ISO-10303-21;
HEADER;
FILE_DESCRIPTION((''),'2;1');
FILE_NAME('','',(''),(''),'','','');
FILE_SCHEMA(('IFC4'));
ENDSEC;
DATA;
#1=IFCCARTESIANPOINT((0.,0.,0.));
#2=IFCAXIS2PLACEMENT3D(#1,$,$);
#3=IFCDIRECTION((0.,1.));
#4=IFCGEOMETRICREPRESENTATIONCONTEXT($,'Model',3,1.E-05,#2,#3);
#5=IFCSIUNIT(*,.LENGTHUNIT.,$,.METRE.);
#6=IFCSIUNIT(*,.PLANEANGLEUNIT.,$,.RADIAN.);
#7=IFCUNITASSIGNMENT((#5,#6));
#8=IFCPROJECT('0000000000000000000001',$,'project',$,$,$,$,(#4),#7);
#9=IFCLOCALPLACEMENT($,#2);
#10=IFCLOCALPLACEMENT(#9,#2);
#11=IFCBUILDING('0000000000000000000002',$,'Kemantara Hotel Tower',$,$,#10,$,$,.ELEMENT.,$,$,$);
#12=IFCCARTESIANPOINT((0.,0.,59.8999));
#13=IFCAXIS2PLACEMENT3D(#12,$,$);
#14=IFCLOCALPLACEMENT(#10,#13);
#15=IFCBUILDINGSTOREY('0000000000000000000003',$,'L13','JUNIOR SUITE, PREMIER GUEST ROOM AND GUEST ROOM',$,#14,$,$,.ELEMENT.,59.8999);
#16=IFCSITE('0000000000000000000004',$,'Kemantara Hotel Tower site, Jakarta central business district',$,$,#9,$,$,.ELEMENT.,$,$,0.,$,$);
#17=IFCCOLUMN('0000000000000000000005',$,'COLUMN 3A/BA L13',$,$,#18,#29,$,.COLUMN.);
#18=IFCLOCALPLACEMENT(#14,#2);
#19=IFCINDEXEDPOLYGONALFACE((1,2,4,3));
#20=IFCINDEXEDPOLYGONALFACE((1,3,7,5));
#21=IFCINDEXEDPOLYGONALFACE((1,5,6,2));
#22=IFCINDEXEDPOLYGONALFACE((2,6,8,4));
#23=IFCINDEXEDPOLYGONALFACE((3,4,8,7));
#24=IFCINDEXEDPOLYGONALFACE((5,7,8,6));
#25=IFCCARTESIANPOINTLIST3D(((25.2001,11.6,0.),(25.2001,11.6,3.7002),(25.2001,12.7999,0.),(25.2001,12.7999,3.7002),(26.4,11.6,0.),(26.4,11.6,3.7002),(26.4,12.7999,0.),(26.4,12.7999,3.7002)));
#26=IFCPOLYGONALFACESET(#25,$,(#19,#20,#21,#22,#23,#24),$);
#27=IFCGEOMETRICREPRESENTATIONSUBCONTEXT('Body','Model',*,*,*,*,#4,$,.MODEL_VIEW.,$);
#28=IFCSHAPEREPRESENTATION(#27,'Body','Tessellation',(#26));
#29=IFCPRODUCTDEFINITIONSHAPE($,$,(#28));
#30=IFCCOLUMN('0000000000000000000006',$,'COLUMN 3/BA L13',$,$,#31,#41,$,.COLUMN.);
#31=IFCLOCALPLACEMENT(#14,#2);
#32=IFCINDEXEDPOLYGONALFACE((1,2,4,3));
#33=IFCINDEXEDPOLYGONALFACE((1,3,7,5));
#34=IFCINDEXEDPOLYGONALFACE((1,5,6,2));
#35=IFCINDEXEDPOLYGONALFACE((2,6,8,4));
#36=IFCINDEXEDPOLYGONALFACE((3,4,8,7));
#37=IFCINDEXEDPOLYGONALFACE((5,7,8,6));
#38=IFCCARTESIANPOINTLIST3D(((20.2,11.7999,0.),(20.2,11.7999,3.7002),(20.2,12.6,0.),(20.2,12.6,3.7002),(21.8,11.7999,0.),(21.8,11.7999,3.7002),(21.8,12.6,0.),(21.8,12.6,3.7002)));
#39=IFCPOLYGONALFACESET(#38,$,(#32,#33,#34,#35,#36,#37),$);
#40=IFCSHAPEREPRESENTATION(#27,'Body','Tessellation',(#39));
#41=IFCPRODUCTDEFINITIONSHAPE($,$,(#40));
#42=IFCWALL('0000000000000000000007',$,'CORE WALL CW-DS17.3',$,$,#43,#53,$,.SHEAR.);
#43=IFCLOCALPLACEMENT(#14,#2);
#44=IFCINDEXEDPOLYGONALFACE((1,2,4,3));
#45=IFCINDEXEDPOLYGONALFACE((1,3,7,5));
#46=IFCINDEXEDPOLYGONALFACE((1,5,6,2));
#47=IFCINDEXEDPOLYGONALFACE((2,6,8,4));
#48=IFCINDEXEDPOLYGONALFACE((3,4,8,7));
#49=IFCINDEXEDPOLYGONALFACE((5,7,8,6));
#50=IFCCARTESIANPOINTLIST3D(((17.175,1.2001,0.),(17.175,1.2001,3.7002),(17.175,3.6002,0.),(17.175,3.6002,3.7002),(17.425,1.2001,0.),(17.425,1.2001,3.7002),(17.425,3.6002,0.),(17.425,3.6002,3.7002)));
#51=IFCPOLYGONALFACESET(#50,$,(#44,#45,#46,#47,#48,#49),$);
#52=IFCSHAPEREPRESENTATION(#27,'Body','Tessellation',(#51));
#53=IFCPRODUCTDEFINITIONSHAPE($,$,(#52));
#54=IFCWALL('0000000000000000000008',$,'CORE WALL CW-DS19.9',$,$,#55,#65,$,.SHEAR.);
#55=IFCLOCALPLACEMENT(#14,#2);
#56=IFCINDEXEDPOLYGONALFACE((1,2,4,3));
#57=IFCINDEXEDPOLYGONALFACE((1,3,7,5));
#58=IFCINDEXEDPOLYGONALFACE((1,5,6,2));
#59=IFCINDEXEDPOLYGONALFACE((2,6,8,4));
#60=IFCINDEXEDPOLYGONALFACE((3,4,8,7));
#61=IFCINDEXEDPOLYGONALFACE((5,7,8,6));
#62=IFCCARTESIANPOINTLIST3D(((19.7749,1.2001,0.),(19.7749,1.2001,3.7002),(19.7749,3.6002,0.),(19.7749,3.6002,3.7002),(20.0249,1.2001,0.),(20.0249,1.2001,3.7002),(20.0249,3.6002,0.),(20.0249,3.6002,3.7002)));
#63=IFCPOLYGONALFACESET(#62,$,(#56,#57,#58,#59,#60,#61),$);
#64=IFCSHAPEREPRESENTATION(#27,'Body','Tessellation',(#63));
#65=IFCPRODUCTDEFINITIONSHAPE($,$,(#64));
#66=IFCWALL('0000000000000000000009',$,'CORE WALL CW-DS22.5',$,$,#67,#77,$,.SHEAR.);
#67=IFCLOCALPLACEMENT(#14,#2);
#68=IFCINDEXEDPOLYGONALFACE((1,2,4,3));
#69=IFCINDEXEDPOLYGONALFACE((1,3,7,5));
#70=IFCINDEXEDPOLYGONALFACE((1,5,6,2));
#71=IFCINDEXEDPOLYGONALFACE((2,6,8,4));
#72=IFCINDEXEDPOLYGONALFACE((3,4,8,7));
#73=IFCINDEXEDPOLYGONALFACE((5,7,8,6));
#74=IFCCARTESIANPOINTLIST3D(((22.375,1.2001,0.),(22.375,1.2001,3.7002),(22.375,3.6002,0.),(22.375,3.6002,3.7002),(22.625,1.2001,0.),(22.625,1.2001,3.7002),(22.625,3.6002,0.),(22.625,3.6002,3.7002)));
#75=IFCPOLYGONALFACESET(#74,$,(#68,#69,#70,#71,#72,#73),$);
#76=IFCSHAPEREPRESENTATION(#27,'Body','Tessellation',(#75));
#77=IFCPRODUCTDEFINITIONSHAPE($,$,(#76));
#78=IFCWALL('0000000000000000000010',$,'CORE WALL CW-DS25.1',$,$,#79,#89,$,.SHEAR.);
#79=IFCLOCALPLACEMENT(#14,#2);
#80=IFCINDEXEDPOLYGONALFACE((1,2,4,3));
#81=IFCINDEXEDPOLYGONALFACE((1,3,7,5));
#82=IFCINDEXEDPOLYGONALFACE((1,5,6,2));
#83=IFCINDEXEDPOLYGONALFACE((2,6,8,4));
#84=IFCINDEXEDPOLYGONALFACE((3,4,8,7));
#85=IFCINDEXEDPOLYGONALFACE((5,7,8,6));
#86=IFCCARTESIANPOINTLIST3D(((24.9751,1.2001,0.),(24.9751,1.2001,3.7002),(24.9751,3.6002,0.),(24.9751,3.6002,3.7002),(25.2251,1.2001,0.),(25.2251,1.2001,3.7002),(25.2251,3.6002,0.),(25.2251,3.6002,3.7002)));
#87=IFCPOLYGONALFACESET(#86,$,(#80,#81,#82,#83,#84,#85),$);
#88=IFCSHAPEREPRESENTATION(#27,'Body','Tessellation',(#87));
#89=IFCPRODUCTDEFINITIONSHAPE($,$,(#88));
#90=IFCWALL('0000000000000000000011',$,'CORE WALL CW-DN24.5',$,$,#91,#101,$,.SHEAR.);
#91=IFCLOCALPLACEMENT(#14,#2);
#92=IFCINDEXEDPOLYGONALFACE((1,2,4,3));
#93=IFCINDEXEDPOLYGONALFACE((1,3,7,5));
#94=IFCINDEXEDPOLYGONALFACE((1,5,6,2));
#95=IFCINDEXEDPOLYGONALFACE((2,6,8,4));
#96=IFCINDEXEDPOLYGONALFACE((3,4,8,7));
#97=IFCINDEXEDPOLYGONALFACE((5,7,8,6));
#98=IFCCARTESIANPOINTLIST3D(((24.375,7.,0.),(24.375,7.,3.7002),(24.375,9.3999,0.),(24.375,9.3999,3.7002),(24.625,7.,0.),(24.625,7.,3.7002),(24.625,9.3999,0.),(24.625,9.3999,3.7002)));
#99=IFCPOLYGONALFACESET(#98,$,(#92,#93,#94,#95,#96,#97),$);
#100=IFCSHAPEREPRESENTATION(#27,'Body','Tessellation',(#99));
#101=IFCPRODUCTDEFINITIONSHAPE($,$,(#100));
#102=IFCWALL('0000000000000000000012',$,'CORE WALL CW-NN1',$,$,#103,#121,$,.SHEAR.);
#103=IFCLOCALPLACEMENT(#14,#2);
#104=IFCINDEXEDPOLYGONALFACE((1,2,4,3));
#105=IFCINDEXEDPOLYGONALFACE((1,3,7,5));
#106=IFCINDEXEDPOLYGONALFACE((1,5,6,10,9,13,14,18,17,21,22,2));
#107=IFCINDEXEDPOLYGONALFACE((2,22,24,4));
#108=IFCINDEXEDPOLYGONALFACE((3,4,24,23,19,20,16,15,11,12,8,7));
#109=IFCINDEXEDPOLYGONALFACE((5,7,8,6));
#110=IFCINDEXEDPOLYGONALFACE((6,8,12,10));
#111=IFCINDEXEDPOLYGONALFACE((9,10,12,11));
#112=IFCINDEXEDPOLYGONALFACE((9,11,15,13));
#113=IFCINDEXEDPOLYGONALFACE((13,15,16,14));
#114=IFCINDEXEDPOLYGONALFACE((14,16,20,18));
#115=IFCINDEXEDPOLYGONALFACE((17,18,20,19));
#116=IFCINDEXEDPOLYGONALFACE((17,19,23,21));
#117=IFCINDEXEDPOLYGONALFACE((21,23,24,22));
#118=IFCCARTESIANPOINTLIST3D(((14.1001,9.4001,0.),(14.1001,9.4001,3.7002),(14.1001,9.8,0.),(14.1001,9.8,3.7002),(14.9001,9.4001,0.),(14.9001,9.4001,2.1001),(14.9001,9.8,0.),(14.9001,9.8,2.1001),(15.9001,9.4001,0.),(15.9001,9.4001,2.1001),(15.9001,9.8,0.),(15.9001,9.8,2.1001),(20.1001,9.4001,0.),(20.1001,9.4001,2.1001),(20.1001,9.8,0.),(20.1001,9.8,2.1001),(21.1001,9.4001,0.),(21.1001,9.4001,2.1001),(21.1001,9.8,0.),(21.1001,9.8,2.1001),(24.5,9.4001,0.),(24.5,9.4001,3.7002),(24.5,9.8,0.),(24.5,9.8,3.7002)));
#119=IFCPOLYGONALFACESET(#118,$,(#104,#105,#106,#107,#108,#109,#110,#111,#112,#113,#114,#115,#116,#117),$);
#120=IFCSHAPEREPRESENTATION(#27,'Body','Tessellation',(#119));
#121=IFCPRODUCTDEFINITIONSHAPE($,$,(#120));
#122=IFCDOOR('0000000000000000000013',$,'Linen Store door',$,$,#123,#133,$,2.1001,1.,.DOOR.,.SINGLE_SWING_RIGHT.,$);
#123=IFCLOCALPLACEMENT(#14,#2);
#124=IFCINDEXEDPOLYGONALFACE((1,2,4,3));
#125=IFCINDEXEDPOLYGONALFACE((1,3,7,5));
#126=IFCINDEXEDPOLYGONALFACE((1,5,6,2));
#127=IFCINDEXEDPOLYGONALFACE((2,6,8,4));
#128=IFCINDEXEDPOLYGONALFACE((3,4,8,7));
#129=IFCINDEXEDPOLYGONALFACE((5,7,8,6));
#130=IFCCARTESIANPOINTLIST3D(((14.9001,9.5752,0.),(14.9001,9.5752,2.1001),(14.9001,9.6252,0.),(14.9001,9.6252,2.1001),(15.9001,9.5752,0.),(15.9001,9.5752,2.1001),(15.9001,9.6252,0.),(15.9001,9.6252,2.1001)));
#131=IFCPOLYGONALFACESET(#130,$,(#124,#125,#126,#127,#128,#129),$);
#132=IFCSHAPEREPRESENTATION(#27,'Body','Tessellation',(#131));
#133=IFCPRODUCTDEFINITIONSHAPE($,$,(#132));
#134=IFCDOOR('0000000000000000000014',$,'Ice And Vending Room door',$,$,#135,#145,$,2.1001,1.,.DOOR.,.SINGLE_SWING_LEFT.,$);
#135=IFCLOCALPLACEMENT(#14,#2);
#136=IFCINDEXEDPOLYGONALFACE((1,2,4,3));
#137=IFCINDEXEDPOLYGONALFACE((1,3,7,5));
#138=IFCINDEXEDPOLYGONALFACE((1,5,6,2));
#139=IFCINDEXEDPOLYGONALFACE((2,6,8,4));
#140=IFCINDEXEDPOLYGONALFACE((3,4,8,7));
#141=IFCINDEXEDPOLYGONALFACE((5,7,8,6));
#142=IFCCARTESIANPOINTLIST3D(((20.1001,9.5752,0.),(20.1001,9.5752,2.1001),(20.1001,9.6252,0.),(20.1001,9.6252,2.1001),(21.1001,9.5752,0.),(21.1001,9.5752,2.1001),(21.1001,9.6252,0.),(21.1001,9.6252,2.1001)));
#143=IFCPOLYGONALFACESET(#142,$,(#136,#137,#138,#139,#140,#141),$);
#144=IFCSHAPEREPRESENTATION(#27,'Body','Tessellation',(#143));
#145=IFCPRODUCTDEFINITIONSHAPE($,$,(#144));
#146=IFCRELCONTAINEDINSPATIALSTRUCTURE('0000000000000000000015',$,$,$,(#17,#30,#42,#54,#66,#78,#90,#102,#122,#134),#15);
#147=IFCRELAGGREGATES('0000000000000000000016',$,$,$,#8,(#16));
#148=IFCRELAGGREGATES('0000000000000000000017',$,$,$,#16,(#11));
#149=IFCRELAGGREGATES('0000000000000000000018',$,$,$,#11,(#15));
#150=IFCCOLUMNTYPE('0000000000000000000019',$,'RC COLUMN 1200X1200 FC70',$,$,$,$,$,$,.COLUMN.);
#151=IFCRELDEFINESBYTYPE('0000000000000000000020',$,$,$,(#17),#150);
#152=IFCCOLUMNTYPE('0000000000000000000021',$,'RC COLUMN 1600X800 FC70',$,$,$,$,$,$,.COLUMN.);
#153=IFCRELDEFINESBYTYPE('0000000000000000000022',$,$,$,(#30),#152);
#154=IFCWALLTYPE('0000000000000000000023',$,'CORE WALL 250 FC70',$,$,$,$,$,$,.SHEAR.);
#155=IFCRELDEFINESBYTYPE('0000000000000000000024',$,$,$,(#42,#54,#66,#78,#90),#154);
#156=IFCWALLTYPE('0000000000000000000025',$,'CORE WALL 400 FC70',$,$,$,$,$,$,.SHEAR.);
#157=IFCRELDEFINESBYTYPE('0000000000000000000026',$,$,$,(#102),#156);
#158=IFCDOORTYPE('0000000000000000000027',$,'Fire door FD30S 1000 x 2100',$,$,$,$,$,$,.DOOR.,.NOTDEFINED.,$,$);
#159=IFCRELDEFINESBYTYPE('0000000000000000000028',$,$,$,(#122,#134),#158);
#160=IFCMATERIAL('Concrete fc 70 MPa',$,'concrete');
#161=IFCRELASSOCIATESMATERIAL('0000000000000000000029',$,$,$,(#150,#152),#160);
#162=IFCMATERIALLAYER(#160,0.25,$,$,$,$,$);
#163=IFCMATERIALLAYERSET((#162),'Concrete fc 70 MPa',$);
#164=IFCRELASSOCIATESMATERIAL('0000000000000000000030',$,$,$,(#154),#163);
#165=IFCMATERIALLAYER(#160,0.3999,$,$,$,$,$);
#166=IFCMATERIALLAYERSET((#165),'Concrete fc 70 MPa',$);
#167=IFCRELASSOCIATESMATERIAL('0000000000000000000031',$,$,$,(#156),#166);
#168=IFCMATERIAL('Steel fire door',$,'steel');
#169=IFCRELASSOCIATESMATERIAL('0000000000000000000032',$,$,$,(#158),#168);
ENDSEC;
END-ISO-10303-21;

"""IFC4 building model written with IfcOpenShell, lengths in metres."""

from ifc_helpers import new_model, si_unit, direction, frame, frame_2d, origin, origin_2d, place, context, subcontext, project, spatial, rectangle, extrude, material, layer, layer_set, material_profile, profile_set, type_object, element, fill, save


model = new_model("IFC4")

# Units and contexts
model_context = context("Model", 3, precision=1e-05, world=origin(), true_north=direction((0.0, 1.0)))
body_context = subcontext(model_context, "Body", "Model", "MODEL_VIEW")
ifc_project = project(units=[si_unit("LENGTHUNIT", "METRE"), si_unit("PLANEANGLEUNIT", "RADIAN")], contexts=[model_context])

# Site, building, storey
site_placement = place(None, origin())
site = spatial("IfcSite", under=ifc_project, at=site_placement, Name="Kemantara Hotel Tower site, Jakarta central business district", CompositionType="ELEMENT", RefElevation=0.0)
building_placement = place(site_placement, origin())
building = spatial("IfcBuilding", under=site, at=building_placement, Name="Kemantara Hotel Tower", CompositionType="ELEMENT")
storey_placement = place(building_placement, frame((0.0, 0.0, 59.8999)))
storey = spatial("IfcBuildingStorey", under=building, at=storey_placement, Name="L13", Description="JUNIOR SUITE, PREMIER GUEST ROOM AND GUEST ROOM", CompositionType="ELEMENT", Elevation=59.8999)

# Columns
ifc_material_1 = material(Name="Concrete fc 70 MPa", Category="concrete")
ifc_material_profile_1 = material_profile(ifc_material_1, rectangle(XDim=1.2, YDim=1.2, at=origin_2d()), Name="RC 1200X1200")
ifc_profile_set_1 = profile_set([ifc_material_profile_1], Name="Concrete fc 70 MPa")
column_type_1 = type_object("IfcColumnType", Name="RC COLUMN 1200X1200 FC70", PredefinedType="COLUMN", material=ifc_profile_set_1)
column_1_placement = place(storey_placement, frame((25.8, 12.2, 0.0), z_axis=(0.0, 0.0, 1.0), x_axis=(1.0, 0.0, 0.0)))
element("IfcColumn", 1, at=column_1_placement, inside=storey, type_object=column_type_1, Name="COLUMN 3A/BA L13", PredefinedType="COLUMN", context=body_context, shape_type="SweptSolid", body=[
    extrude(rectangle(XDim=1.2, YDim=1.2, at=origin_2d()), origin(), (0.0, 0.0, 1.0), 3.7002),
])
ifc_material_profile_2 = material_profile(ifc_material_1, rectangle(XDim=1.6001, YDim=0.8, at=origin_2d()), Name="RC 1600X800")
ifc_profile_set_2 = profile_set([ifc_material_profile_2], Name="Concrete fc 70 MPa")
column_type_2 = type_object("IfcColumnType", Name="RC COLUMN 1600X800 FC70", PredefinedType="COLUMN", material=ifc_profile_set_2)
column_2_placement = place(storey_placement, frame((21.0, 12.2, 0.0), z_axis=(0.0, 0.0, 1.0), x_axis=(1.0, 0.0, 0.0)))
element("IfcColumn", 2, at=column_2_placement, inside=storey, type_object=column_type_2, Name="COLUMN 3/BA L13", PredefinedType="COLUMN", context=body_context, shape_type="SweptSolid", body=[
    extrude(rectangle(XDim=1.6001, YDim=0.8, at=origin_2d()), origin(), (0.0, 0.0, 1.0), 3.7002),
])

# Walls
ifc_layer_1 = layer(ifc_material_1, 0.25)
ifc_layer_set_1 = layer_set([ifc_layer_1], Name="Concrete fc 70 MPa")
wall_type_1 = type_object("IfcWallType", Name="CORE WALL 250 FC70", PredefinedType="SHEAR", material=ifc_layer_set_1)
for number, where, z_axis, x_axis, name in (
    (3, (17.3, 1.2, 0.0), (0.0, 0.0, 1.0), (0.0, 1.0, 0.0), "CORE WALL CW-DS17.3"),
    (4, (19.8999, 1.2, 0.0), (0.0, 0.0, 1.0), (0.0, 1.0, 0.0), "CORE WALL CW-DS19.9"),
    (5, (22.5, 1.2, 0.0), (0.0, 0.0, 1.0), (0.0, 1.0, 0.0), "CORE WALL CW-DS22.5"),
    (6, (25.1001, 1.2, 0.0), (0.0, 0.0, 1.0), (0.0, 1.0, 0.0), "CORE WALL CW-DS25.1"),
):
    element("IfcWall", number, at=place(storey_placement, frame(where, z_axis=z_axis, x_axis=x_axis)), inside=storey, type_object=wall_type_1, Name=name, PredefinedType="SHEAR", context=body_context, shape_type="SweptSolid", body=[
        extrude(rectangle(XDim=2.4001, YDim=0.25, at=frame_2d((1.2002, 0.0))), origin(), (0.0, 0.0, 1.0), 3.7002),
    ])
wall_1_placement = place(storey_placement, frame((24.5, 7.0, 0.0), z_axis=(0.0, 0.0, 1.0), x_axis=(0.0, 1.0, 0.0)))
element("IfcWall", 7, at=wall_1_placement, inside=storey, type_object=wall_type_1, Name="CORE WALL CW-DN24.5", PredefinedType="SHEAR", context=body_context, shape_type="SweptSolid", body=[
    extrude(rectangle(XDim=2.3999, YDim=0.25, at=frame_2d((1.2, 0.0))), origin(), (0.0, 0.0, 1.0), 3.7002),
])

# Wall, openings, doors
ifc_layer_2 = layer(ifc_material_1, 0.3999)
ifc_layer_set_2 = layer_set([ifc_layer_2], Name="Concrete fc 70 MPa")
wall_type_2 = type_object("IfcWallType", Name="CORE WALL 400 FC70", PredefinedType="SHEAR", material=ifc_layer_set_2)
wall_2_placement = place(storey_placement, frame((14.1001, 9.6001, 0.0), z_axis=(0.0, 0.0, 1.0), x_axis=(1.0, 0.0, 0.0)))
wall_2 = element("IfcWall", 8, at=wall_2_placement, inside=storey, type_object=wall_type_2, Name="CORE WALL CW-NN1", PredefinedType="SHEAR", context=body_context, shape_type="SweptSolid", body=[
    extrude(rectangle(XDim=10.3999, YDim=0.3999, at=frame_2d((5.2, 0.0))), origin(), (0.0, 0.0, 1.0), 3.7002),
])
opening_1_placement = place(wall_2_placement, frame((0.8, 0.0, 0.0)))
opening_1 = element("IfcOpeningElement", 9, at=opening_1_placement, cuts=wall_2, PredefinedType="OPENING", context=body_context, shape_type="SweptSolid", body=[
    extrude(rectangle(XDim=1.0, YDim=2.1001, at=frame_2d((0.5, 1.05))), frame((0.0, 0.21, 0.0), z_axis=(0.0, -1.0, 0.0), x_axis=(1.0, 0.0, 0.0)), (0.0, 0.0, 1.0), 0.4199),
])
opening_2_placement = place(wall_2_placement, frame((6.0, 0.0, 0.0)))
opening_2 = element("IfcOpeningElement", 10, at=opening_2_placement, cuts=wall_2, PredefinedType="OPENING", context=body_context, shape_type="SweptSolid", body=[
    extrude(rectangle(XDim=1.0, YDim=2.1001, at=frame_2d((0.5, 1.05))), frame((0.0, 0.21, 0.0), z_axis=(0.0, -1.0, 0.0), x_axis=(1.0, 0.0, 0.0)), (0.0, 0.0, 1.0), 0.4199),
])
ifc_material_2 = material(Name="Steel fire door", Category="steel")
door_type_1 = type_object("IfcDoorType", Name="Fire door FD30S 1000 x 2100", OperationType="NOTDEFINED", PredefinedType="DOOR", material=ifc_material_2)
door_1_placement = place(opening_1_placement, frame((1.0, 0.0, 0.0), z_axis=(0.0, 0.0, 1.0), x_axis=(-1.0, 0.0, 0.0)))
door_1 = element("IfcDoor", 11, at=door_1_placement, inside=storey, type_object=door_type_1, Name="Linen Store door", OperationType="SINGLE_SWING_RIGHT", OverallHeight=2.1001, OverallWidth=1.0, PredefinedType="DOOR", context=body_context, shape_type="SweptSolid", body=[
    extrude(rectangle(XDim=1.0, YDim=2.1001, at=frame_2d((0.5, 1.05))), frame((0.0, 0.0249, 0.0), z_axis=(0.0, -1.0, 0.0), x_axis=(1.0, 0.0, 0.0)), (0.0, 0.0, 1.0), 0.05),
])
fill(opening_1, door_1)
door_2_placement = place(opening_2_placement, frame((1.0, 0.0, 0.0), z_axis=(0.0, 0.0, 1.0), x_axis=(-1.0, 0.0, 0.0)))
door_2 = element("IfcDoor", 12, at=door_2_placement, inside=storey, type_object=door_type_1, Name="Ice And Vending Room door", OperationType="SINGLE_SWING_LEFT", OverallHeight=2.1001, OverallWidth=1.0, PredefinedType="DOOR", context=body_context, shape_type="SweptSolid", body=[
    extrude(rectangle(XDim=1.0, YDim=2.1001, at=frame_2d((0.5, 1.05))), frame((0.0, 0.0249, 0.0), z_axis=(0.0, -1.0, 0.0), x_axis=(1.0, 0.0, 0.0)), (0.0, 0.0, 1.0), 0.05),
])
fill(opening_2, door_2)

save(model, "model.ifc")
